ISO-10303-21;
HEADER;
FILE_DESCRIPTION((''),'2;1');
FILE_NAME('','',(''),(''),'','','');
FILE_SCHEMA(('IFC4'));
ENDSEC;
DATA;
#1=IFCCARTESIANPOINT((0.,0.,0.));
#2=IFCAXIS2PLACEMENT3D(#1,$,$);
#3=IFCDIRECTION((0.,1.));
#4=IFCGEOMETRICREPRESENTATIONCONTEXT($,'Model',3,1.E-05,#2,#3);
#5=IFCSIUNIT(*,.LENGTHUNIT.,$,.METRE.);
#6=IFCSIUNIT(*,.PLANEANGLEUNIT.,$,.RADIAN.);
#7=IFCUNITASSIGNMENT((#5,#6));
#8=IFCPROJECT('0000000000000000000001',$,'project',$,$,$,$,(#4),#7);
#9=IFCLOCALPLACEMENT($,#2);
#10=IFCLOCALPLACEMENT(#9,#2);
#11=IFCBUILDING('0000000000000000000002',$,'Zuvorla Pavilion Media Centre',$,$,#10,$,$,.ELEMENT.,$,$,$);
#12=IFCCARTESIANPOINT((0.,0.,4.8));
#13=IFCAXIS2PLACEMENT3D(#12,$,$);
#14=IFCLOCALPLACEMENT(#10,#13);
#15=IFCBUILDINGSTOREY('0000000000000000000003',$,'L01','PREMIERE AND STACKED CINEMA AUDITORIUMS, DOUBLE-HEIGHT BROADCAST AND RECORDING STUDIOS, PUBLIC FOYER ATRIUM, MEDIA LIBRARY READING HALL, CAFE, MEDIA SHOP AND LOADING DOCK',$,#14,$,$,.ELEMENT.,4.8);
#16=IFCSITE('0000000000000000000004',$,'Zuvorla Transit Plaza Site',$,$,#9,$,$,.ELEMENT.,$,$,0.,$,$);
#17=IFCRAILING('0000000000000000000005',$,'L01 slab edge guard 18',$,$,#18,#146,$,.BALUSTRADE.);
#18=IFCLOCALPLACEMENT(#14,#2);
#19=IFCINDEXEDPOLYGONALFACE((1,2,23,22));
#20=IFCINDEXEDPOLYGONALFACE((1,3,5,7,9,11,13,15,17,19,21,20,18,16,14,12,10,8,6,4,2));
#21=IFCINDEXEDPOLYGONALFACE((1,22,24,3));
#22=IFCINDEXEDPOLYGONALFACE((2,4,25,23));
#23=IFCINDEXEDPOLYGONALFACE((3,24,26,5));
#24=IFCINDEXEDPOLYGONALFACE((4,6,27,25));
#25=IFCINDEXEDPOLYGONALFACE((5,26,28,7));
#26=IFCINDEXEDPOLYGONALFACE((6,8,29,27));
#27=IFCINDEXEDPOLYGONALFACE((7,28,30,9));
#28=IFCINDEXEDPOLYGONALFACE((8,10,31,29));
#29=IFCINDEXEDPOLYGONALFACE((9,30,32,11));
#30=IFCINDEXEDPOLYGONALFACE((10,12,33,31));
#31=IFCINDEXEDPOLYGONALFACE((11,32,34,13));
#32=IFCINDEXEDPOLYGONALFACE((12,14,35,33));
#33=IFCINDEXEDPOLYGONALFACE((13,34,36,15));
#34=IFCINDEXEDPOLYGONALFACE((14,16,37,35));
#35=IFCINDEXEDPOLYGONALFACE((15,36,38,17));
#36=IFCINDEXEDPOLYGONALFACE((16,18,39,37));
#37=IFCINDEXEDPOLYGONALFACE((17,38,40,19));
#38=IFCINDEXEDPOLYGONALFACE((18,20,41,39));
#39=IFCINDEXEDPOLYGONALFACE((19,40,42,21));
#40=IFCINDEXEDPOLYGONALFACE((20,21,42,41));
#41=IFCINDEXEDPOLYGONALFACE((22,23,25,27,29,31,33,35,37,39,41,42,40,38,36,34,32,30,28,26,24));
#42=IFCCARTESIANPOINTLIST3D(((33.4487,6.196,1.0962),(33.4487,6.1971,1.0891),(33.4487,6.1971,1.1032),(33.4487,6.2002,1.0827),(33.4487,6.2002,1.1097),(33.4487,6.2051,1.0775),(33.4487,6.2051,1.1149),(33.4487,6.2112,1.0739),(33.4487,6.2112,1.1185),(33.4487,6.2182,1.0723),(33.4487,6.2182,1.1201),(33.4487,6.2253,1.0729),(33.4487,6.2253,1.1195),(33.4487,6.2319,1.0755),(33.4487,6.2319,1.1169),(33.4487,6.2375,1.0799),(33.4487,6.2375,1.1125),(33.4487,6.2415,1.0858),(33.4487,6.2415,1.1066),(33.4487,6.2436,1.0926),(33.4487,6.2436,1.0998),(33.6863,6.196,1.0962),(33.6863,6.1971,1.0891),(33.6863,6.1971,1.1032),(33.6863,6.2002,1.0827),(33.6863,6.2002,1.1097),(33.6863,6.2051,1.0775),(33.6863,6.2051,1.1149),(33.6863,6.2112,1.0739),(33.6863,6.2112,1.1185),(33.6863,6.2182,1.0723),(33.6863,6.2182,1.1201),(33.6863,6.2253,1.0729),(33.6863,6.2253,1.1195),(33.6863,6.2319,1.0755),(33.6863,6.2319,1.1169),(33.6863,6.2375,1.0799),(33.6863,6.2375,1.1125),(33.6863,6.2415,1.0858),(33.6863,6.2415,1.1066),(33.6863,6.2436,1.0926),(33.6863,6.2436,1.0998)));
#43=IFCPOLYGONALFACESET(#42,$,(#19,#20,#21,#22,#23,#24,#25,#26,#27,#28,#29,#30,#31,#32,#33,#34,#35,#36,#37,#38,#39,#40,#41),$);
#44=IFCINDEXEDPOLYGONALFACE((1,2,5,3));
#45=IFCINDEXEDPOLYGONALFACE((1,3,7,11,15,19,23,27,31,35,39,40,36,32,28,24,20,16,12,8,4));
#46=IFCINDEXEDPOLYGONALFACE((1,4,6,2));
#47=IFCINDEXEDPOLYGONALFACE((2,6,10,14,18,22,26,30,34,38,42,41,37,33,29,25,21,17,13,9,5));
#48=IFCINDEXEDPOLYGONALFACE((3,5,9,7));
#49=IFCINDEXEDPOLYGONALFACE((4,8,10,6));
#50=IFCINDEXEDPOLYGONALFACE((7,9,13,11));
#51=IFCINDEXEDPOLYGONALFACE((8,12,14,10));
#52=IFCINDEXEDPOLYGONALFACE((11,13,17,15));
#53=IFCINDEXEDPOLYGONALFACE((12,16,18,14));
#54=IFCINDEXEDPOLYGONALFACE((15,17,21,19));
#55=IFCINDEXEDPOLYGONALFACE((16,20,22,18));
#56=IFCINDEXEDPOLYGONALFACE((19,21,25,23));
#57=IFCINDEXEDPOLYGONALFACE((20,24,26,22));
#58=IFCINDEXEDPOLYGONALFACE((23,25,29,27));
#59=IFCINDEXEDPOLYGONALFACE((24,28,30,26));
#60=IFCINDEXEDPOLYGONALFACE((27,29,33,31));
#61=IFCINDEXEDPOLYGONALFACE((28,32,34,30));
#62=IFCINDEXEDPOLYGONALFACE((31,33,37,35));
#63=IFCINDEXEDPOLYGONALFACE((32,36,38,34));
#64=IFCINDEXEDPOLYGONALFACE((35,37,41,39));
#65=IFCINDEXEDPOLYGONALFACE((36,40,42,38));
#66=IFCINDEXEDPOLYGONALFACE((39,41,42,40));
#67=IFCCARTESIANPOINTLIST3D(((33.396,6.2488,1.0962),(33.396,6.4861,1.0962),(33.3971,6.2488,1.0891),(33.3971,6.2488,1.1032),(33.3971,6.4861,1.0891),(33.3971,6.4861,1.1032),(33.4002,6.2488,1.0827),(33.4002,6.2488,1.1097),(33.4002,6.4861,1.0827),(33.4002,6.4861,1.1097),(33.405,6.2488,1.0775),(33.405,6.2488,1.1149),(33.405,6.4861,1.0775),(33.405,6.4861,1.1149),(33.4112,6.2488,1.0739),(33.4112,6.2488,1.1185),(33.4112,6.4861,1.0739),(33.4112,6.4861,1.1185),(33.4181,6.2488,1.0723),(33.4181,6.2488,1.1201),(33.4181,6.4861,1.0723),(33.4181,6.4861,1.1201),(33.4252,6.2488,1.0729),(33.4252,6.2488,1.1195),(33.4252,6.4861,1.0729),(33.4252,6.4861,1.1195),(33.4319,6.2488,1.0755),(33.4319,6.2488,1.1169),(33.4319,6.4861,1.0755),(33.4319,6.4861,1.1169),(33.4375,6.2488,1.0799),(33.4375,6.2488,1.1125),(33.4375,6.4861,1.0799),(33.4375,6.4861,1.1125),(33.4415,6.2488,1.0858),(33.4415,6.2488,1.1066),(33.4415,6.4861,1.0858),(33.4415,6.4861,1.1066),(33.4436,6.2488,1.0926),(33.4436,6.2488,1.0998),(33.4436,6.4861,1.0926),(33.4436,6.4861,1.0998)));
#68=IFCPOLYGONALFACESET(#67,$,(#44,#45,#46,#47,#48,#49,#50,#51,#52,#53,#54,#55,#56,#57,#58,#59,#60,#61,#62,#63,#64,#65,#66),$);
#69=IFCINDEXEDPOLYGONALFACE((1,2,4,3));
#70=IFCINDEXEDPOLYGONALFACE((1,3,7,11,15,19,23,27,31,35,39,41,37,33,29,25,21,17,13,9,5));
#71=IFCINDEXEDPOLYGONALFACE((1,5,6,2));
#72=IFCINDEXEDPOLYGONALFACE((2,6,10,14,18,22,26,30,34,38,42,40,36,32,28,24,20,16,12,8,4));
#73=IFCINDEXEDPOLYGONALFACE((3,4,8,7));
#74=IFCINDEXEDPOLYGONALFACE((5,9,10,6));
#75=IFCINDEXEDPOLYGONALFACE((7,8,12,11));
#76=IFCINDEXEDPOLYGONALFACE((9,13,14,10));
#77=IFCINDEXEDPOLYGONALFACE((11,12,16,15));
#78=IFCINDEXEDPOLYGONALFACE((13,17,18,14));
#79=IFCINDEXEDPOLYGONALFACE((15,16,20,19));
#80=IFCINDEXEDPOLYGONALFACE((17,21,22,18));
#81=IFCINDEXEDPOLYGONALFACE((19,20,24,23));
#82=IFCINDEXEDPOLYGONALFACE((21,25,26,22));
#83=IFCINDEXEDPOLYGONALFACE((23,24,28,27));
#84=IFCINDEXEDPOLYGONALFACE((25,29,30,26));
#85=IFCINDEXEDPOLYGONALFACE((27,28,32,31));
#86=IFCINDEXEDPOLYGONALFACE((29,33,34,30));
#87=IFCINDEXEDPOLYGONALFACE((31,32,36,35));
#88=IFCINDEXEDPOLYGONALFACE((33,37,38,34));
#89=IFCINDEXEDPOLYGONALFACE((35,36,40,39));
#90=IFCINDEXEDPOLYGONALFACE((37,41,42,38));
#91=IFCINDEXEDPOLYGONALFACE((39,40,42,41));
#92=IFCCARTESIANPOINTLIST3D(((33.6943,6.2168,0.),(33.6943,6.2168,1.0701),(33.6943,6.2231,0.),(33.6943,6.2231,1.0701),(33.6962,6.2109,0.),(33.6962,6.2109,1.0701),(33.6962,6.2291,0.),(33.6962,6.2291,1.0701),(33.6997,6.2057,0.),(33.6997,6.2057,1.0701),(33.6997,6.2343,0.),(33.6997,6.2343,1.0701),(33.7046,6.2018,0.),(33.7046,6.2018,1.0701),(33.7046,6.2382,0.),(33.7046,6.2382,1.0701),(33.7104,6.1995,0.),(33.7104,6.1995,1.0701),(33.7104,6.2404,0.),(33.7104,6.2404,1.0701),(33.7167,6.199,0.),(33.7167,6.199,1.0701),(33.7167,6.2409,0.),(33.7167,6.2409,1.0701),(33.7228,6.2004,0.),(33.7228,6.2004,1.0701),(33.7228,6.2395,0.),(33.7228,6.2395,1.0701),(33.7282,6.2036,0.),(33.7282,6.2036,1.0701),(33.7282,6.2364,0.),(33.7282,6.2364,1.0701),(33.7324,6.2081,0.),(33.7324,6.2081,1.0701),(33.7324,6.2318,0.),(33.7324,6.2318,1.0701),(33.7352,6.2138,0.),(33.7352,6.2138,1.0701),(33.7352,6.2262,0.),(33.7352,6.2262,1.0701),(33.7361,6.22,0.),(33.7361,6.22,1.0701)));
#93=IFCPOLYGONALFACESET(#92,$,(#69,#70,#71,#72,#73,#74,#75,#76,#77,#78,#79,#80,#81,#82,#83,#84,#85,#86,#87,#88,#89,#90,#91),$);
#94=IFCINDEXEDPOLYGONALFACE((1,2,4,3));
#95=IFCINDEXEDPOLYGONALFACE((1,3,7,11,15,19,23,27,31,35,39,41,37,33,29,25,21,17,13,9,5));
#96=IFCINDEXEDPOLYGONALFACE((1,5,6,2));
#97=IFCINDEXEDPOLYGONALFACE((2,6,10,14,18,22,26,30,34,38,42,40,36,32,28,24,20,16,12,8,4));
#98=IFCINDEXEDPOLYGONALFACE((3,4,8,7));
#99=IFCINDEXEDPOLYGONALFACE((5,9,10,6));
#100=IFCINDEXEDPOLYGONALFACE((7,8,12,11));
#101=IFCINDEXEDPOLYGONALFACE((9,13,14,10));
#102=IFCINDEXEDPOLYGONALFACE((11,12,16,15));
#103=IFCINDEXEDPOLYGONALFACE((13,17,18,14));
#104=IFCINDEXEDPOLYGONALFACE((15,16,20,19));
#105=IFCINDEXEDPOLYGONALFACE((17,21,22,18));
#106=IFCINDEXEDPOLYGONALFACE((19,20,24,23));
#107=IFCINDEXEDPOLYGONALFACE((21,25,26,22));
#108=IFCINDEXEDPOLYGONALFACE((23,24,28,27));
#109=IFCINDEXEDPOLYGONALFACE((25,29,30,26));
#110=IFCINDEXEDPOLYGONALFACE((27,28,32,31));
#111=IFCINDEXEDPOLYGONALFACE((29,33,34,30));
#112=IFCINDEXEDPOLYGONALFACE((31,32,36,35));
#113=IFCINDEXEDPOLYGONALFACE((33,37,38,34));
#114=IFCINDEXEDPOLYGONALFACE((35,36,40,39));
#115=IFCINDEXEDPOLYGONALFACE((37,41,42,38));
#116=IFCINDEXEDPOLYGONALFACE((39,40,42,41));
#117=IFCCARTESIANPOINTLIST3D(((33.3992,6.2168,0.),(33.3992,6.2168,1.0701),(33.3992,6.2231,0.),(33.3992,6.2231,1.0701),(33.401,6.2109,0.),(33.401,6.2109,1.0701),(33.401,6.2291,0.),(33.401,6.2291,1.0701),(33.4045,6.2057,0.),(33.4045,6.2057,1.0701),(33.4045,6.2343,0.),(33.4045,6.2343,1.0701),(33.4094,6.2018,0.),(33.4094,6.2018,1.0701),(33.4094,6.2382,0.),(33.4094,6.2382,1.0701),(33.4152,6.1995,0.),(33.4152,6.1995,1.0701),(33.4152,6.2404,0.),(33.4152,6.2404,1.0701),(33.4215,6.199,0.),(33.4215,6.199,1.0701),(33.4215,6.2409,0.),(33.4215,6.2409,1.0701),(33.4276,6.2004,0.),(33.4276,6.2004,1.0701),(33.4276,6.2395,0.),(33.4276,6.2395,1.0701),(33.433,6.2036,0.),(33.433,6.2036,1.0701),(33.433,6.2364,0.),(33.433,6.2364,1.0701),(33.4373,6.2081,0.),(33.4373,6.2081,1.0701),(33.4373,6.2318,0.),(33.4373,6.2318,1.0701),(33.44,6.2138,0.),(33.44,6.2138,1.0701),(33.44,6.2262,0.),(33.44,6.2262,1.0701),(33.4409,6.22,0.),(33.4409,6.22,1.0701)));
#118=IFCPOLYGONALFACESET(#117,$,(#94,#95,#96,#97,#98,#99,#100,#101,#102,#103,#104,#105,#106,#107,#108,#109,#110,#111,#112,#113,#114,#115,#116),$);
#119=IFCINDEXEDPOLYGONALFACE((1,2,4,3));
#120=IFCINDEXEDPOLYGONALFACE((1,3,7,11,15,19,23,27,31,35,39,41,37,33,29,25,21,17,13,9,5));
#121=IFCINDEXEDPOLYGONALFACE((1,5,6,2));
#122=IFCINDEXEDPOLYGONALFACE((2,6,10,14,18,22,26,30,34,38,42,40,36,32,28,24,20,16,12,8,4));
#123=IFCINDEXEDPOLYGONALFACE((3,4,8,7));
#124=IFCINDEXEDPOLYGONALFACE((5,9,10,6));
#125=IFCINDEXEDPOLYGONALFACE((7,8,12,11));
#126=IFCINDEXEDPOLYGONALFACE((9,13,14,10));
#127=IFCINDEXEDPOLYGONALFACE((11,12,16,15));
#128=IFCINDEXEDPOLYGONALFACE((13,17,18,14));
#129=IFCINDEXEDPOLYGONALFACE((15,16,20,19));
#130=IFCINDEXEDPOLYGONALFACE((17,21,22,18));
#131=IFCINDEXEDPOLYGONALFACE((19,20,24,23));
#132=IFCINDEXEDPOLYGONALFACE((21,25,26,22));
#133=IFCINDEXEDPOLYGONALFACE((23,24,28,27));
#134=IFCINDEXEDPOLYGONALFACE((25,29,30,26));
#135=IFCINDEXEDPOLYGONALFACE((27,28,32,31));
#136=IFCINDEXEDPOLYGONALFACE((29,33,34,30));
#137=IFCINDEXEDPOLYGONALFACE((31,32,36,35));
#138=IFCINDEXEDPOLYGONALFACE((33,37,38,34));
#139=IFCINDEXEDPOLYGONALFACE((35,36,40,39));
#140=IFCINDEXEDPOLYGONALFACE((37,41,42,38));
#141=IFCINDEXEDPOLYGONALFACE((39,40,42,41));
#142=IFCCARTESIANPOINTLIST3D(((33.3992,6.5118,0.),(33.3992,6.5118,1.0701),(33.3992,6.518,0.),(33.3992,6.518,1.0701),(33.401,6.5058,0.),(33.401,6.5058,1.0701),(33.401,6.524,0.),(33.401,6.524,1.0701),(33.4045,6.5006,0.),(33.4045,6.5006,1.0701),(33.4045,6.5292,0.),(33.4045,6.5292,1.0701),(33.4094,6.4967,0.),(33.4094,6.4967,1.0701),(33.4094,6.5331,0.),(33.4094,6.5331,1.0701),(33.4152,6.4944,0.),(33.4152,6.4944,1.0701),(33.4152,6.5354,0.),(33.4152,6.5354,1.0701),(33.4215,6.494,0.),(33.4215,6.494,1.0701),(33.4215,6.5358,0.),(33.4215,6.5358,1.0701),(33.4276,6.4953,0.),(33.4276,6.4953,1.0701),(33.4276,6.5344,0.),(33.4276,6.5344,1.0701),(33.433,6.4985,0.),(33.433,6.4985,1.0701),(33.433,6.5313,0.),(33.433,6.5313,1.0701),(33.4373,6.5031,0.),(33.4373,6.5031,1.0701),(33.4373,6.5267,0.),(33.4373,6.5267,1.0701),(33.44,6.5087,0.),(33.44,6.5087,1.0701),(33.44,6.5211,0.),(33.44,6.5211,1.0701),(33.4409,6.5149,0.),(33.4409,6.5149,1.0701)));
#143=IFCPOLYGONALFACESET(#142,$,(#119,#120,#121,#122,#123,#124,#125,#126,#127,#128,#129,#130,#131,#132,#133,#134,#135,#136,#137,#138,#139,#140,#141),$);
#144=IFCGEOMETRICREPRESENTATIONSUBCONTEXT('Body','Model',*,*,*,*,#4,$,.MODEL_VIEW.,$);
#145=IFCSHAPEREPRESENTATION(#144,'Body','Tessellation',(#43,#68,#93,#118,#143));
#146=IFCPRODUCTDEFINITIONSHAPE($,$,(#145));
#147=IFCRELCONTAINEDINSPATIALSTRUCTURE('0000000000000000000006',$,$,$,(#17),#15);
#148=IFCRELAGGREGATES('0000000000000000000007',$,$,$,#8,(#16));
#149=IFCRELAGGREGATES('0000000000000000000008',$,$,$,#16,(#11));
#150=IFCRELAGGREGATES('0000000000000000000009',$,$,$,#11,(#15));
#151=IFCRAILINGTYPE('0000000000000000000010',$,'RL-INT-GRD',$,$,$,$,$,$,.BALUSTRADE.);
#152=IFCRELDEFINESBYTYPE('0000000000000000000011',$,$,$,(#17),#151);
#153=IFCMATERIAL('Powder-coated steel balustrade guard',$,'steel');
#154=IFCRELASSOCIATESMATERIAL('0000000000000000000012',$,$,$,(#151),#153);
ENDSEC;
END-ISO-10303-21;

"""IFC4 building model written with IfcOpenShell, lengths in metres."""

from ifc_helpers import new_model, si_unit, direction, frame, origin, origin_2d, place, context, subcontext, project, spatial, circle, extrude, material, type_object, element, save


model = new_model("IFC4")

# Units and contexts
model_context = context("Model", 3, precision=1e-05, world=origin(), true_north=direction((0.0, 1.0)))
body_context = subcontext(model_context, "Body", "Model", "MODEL_VIEW")
ifc_project = project(units=[si_unit("LENGTHUNIT", "METRE"), si_unit("PLANEANGLEUNIT", "RADIAN")], contexts=[model_context])

# Site, building, storey
site_placement = place(None, origin())
site = spatial("IfcSite", under=ifc_project, at=site_placement, Name="Zuvorla Transit Plaza Site", CompositionType="ELEMENT", RefElevation=0.0)
building_placement = place(site_placement, origin())
building = spatial("IfcBuilding", under=site, at=building_placement, Name="Zuvorla Pavilion Media Centre", CompositionType="ELEMENT")
storey_placement = place(building_placement, frame((0.0, 0.0, 4.8)))
storey = spatial("IfcBuildingStorey", under=building, at=storey_placement, Name="L01", Description="PREMIERE AND STACKED CINEMA AUDITORIUMS, DOUBLE-HEIGHT BROADCAST AND RECORDING STUDIOS, PUBLIC FOYER ATRIUM, MEDIA LIBRARY READING HALL, CAFE, MEDIA SHOP AND LOADING DOCK", CompositionType="ELEMENT", Elevation=4.8)

# Railing
ifc_material_1 = material(Name="Powder-coated steel balustrade guard", Category="steel")
railing_type_1 = type_object("IfcRailingType", Name="RL-INT-GRD", PredefinedType="BALUSTRADE", material=ifc_material_1)
railing_1_placement = place(storey_placement, frame((33.7151, 6.22, 0.0)))
element("IfcRailing", 1, at=railing_1_placement, inside=storey, type_object=railing_type_1, Name="L01 slab edge guard 18", PredefinedType="BALUSTRADE", context=body_context, shape_type="SweptSolid", body=[
    extrude(circle(Radius=0.0239, at=origin_2d()), frame((-0.0288, 0.0, 1.0962), z_axis=(-1.0, 0.0, 0.0), x_axis=(0.0, -1.0, 0.0)), (0.0, 0.0, 1.0), 0.2375),
    extrude(circle(Radius=0.0239, at=origin_2d()), frame((-0.2952, 0.0288, 1.0962), z_axis=(0.0, 1.0, 0.0), x_axis=(-1.0, 0.0, 0.0)), (0.0, 0.0, 1.0), 0.2373),
    extrude(circle(Radius=0.021, at=origin_2d()), origin(), (0.0, 0.0, 1.0), 1.0701),
    extrude(circle(Radius=0.021, at=origin_2d()), frame((-0.2952, 0.0, 0.0)), (0.0, 0.0, 1.0), 1.0701),
    extrude(circle(Radius=0.021, at=origin_2d()), frame((-0.2952, 0.2949, 0.0)), (0.0, 0.0, 1.0), 1.0701),
])

save(model, "model.ifc")
